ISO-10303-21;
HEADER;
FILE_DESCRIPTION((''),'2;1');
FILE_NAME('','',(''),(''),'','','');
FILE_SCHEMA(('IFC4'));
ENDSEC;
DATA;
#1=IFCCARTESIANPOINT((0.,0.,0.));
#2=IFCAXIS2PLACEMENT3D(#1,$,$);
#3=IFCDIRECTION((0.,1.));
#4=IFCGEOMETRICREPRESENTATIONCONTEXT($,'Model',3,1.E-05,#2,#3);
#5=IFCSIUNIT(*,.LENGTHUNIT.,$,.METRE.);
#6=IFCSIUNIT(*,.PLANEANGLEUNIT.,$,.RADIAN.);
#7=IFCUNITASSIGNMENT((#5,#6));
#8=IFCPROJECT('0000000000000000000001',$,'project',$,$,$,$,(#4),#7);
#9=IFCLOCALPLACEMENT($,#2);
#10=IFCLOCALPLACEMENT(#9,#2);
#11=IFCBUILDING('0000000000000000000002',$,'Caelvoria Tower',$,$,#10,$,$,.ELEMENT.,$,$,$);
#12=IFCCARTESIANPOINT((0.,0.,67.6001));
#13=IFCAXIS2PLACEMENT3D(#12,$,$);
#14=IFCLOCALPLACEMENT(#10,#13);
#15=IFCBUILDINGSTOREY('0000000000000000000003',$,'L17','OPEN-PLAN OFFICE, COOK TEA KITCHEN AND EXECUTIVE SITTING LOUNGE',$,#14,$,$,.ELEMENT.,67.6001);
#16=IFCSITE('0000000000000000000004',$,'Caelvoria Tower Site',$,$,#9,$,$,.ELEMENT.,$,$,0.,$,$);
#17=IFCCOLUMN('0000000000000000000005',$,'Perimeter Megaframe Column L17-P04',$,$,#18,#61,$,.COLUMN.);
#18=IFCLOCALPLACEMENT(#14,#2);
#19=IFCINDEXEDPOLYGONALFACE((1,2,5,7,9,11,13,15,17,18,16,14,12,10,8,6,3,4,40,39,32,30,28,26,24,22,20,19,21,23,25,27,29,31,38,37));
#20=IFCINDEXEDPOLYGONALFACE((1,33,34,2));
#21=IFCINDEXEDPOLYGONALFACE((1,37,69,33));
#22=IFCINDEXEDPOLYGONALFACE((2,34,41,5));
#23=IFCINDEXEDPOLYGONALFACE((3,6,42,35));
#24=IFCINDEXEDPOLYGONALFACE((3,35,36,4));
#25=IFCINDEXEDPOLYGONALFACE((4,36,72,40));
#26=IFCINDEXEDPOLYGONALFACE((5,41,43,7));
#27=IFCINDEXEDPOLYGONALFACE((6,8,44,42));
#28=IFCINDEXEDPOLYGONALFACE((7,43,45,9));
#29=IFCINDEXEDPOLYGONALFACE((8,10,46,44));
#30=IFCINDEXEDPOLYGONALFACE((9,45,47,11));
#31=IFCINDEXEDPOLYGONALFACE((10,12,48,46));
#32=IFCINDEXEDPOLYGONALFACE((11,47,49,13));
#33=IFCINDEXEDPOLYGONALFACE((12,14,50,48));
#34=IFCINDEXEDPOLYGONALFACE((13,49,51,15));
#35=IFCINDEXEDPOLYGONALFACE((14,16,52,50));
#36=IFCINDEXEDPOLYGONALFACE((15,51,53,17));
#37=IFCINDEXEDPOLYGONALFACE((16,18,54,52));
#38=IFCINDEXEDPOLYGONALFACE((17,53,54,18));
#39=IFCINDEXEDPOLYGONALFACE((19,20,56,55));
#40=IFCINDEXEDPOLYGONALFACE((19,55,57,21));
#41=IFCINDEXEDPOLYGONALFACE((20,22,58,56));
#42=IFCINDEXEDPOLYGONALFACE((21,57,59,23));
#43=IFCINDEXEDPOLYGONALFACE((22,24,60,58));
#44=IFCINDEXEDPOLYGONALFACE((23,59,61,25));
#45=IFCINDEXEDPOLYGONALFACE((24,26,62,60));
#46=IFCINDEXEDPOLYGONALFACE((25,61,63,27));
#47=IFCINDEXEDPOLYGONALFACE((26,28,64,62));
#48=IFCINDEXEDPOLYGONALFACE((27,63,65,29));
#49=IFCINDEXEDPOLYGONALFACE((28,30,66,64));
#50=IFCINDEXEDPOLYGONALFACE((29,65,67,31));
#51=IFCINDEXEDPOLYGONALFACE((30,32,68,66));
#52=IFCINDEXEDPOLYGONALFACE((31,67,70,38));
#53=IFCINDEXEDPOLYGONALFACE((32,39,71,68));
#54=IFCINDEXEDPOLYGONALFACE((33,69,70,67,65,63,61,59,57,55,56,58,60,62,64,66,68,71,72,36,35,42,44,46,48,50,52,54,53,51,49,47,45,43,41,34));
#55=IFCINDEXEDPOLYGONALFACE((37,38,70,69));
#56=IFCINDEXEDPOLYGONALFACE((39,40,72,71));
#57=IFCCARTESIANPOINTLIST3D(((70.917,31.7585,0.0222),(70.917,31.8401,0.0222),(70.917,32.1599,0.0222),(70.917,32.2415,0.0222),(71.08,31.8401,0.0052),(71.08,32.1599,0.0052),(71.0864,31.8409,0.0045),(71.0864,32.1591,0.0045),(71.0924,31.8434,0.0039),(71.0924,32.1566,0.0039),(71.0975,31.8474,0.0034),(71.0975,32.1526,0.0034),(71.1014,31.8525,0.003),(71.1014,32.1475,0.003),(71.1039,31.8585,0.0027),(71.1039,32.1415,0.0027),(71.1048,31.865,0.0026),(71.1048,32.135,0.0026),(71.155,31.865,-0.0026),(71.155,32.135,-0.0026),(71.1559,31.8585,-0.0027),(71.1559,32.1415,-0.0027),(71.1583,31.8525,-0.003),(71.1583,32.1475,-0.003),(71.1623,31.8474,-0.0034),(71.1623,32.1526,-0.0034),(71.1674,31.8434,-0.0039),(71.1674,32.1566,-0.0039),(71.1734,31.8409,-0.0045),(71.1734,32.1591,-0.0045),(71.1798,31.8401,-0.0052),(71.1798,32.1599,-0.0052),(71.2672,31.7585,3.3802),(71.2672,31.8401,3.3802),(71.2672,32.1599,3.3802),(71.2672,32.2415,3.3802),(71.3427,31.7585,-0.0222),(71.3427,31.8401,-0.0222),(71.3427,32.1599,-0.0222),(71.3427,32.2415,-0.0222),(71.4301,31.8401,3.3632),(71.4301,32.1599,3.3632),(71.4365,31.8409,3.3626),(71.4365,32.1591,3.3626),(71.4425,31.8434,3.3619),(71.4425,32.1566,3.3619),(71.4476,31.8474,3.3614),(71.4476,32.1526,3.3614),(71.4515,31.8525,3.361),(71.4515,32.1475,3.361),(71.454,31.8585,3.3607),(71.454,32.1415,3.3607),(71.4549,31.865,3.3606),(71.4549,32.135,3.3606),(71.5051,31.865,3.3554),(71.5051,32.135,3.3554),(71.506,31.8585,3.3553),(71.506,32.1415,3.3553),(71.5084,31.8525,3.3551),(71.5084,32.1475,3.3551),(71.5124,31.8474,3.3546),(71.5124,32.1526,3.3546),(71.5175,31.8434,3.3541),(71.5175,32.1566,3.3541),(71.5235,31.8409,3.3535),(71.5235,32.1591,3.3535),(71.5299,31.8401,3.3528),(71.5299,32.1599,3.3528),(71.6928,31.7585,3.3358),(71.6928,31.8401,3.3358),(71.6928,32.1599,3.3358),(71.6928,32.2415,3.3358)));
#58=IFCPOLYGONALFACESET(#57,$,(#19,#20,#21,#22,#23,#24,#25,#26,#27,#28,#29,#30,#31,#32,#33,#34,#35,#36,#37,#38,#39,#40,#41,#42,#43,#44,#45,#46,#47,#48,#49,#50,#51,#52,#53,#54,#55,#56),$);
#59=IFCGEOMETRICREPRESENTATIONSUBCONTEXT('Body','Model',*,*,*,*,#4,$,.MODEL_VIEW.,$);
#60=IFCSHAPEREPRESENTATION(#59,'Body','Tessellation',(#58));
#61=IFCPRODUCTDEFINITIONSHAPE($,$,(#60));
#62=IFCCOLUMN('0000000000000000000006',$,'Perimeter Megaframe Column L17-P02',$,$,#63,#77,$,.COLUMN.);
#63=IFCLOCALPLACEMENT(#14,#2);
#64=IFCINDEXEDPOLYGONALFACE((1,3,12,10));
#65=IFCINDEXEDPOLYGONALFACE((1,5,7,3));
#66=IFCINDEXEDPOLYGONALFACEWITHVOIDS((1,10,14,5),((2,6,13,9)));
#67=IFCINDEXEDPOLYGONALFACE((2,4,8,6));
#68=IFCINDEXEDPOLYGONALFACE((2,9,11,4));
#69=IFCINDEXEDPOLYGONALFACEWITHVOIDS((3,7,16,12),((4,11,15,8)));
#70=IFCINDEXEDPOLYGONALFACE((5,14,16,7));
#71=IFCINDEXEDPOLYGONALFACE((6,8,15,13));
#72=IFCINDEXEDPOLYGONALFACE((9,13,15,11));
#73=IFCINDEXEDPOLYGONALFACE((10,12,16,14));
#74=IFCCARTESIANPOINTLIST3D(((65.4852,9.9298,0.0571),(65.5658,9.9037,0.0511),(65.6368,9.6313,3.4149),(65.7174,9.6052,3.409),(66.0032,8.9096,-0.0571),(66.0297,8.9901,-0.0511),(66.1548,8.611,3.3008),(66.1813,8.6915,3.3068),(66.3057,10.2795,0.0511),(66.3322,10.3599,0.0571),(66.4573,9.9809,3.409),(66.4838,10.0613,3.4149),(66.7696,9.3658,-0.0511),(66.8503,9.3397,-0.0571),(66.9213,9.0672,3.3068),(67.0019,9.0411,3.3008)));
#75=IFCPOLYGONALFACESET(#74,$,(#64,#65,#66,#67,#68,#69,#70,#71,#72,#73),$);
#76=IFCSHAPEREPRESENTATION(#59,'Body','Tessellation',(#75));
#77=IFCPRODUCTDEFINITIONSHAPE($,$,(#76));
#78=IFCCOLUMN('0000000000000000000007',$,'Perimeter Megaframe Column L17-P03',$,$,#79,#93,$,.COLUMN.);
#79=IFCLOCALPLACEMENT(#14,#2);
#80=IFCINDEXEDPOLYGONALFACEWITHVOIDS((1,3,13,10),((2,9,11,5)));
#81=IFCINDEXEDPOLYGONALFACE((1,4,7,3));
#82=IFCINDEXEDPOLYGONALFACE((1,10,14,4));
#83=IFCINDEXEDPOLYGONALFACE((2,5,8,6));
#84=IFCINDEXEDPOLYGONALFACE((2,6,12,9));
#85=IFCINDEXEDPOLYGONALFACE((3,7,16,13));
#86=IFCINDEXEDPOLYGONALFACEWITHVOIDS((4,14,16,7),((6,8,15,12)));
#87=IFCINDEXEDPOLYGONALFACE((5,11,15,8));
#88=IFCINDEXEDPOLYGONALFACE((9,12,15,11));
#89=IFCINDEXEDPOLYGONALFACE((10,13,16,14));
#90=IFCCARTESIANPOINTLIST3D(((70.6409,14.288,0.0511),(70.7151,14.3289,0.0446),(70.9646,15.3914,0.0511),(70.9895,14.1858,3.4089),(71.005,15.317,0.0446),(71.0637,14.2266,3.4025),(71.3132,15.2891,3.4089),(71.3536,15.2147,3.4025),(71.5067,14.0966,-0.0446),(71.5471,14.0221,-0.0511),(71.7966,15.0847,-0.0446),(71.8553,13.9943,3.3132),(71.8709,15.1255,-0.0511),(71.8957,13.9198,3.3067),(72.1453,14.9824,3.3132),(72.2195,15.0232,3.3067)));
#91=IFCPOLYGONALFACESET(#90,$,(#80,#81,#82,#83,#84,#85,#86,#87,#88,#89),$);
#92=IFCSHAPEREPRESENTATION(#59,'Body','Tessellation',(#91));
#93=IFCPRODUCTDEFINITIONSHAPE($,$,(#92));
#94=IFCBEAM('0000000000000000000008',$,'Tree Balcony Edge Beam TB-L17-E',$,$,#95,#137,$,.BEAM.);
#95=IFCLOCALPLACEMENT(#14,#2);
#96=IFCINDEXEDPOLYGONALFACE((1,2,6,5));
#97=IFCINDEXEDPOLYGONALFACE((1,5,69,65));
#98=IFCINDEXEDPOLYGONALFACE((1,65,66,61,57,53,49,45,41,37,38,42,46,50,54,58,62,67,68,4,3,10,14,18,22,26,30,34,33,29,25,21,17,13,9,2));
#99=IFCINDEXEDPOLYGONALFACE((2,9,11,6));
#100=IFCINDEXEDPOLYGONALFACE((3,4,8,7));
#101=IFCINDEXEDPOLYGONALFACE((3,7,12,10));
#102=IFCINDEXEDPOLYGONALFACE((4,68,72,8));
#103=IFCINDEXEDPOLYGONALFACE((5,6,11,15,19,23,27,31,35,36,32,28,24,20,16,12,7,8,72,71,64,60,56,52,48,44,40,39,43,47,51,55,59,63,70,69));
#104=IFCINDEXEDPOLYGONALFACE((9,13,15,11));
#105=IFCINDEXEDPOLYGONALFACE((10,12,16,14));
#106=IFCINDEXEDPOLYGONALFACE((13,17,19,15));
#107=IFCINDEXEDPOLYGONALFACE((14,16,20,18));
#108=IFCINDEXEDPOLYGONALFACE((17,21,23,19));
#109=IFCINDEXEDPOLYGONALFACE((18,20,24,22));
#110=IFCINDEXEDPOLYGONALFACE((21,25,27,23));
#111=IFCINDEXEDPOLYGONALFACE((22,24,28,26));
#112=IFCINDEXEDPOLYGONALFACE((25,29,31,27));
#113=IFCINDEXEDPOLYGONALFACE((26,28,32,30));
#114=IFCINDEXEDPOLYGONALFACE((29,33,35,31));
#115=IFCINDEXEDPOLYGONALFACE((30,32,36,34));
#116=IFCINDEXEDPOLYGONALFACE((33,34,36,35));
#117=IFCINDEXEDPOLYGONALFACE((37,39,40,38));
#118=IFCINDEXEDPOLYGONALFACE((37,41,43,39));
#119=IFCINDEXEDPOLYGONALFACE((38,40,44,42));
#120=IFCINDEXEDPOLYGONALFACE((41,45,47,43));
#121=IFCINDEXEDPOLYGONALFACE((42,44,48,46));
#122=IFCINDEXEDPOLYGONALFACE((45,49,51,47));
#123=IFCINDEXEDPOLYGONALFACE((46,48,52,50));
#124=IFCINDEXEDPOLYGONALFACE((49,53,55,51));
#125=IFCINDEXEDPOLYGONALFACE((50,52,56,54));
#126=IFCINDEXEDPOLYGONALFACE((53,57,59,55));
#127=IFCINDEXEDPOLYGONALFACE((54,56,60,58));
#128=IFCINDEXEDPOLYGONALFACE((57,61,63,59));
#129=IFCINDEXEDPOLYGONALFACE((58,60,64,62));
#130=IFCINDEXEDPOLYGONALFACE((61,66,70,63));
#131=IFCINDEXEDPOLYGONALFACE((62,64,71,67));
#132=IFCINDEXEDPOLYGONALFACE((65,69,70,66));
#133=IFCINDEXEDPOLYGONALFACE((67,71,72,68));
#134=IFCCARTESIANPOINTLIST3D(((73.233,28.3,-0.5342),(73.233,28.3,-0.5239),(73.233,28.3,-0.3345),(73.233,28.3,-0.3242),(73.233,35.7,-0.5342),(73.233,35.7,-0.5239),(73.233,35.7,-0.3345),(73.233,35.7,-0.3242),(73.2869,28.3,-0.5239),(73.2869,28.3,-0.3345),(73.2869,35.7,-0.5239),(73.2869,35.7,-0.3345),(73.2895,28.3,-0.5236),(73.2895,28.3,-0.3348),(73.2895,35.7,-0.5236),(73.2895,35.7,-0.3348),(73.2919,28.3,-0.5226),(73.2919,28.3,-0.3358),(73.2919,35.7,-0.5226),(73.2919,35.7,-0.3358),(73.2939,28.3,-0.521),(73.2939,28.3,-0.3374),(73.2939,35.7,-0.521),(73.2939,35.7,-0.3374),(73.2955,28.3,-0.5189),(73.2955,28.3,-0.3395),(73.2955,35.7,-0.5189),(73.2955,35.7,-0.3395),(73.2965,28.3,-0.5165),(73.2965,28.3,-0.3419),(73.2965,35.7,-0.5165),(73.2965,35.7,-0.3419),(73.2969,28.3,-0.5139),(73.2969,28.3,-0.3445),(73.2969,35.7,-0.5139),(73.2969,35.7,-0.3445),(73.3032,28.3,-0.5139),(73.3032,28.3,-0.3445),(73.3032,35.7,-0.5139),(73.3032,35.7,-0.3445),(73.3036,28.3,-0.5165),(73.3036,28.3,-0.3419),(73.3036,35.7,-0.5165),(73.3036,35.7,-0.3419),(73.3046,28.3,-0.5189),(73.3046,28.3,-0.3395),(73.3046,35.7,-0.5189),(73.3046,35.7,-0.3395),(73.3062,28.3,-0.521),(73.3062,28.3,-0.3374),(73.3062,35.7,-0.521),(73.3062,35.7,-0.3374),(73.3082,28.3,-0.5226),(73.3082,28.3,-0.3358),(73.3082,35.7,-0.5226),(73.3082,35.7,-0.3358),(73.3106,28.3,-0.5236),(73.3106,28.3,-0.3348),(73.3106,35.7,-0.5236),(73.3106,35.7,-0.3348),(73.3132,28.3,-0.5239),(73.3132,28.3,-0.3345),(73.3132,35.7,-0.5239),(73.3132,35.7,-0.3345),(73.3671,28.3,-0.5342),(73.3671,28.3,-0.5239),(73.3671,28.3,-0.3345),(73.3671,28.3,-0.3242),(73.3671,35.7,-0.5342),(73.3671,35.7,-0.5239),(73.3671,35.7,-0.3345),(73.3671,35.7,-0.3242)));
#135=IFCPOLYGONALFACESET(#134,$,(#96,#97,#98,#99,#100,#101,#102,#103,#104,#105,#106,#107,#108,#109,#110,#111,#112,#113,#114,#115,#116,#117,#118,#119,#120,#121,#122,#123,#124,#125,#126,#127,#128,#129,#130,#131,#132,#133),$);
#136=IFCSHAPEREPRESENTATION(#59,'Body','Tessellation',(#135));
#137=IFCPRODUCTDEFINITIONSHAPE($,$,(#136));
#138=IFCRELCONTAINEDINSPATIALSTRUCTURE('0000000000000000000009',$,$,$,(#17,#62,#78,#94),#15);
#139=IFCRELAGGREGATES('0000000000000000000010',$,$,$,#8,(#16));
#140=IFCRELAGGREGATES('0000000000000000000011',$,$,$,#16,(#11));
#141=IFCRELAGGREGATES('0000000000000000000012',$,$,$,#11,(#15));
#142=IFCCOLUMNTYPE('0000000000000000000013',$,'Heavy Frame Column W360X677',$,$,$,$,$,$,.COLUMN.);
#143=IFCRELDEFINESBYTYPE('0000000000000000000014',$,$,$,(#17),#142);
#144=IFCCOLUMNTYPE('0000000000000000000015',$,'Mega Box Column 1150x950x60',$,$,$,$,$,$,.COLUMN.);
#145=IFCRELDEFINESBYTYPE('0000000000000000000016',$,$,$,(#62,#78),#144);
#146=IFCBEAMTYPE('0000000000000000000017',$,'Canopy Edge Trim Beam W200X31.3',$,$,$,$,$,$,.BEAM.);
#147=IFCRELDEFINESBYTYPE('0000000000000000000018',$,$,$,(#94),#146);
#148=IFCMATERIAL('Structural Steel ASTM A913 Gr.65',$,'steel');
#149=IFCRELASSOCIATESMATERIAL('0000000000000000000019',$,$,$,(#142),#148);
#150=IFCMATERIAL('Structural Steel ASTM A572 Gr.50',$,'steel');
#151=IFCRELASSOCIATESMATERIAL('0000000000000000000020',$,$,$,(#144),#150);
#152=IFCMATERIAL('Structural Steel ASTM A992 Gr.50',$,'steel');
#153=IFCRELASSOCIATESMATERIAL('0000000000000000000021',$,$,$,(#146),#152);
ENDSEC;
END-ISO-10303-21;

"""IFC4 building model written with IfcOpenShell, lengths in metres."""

from ifc_helpers import new_model, si_unit, direction, frame, origin, origin_2d, place, context, subcontext, project, spatial, hollow_rectangle, i_section, extrude, material, material_profile, profile_set, type_object, element, save


model = new_model("IFC4")

# Units and contexts
model_context = context("Model", 3, precision=1e-05, world=origin(), true_north=direction((0.0, 1.0)))
body_context = subcontext(model_context, "Body", "Model", "MODEL_VIEW")
ifc_project = project(units=[si_unit("LENGTHUNIT", "METRE"), si_unit("PLANEANGLEUNIT", "RADIAN")], contexts=[model_context])

# Site, building, storey
site_placement = place(None, origin())
site = spatial("IfcSite", under=ifc_project, at=site_placement, Name="Caelvoria Tower Site", CompositionType="ELEMENT", RefElevation=0.0)
building_placement = place(site_placement, origin())
building = spatial("IfcBuilding", under=site, at=building_placement, Name="Caelvoria Tower", CompositionType="ELEMENT")
storey_placement = place(building_placement, frame((0.0, 0.0, 67.6001)))
storey = spatial("IfcBuildingStorey", under=building, at=storey_placement, Name="L17", Description="OPEN-PLAN OFFICE, COOK TEA KITCHEN AND EXECUTIVE SITTING LOUNGE", CompositionType="ELEMENT", Elevation=67.6001)

# Columns
ifc_material_1 = material(Name="Structural Steel ASTM A913 Gr.65", Category="steel")
ifc_material_profile_1 = material_profile(ifc_material_1, i_section(OverallWidth=0.428, OverallDepth=0.4829, WebThickness=0.0505, FlangeThickness=0.0815, FilletRadius=0.0249, at=origin_2d()), Name="Structural Steel ASTM A913 Gr.65")
ifc_profile_set_1 = profile_set([ifc_material_profile_1], Name="W360X677 - Structural Steel ASTM A913 Gr.65")
column_type_1 = type_object("IfcColumnType", Name="Heavy Frame Column W360X677", PredefinedType="COLUMN", material=ifc_profile_set_1)
column_1_placement = place(storey_placement, frame((71.1299, 32.0, 0.0), z_axis=(0.103698, 0.0, 0.994609), x_axis=(-0.994609, 0.0, 0.103698)))
element("IfcColumn", 1, at=column_1_placement, inside=storey, type_object=column_type_1, Name="Perimeter Megaframe Column L17-P04", PredefinedType="COLUMN", context=body_context, shape_type="SweptSolid", body=[
    extrude(i_section(OverallWidth=0.428, OverallDepth=0.4829, WebThickness=0.0505, FlangeThickness=0.0815, FilletRadius=0.0249, at=origin_2d()), origin(), (0.0, 0.0, 1.0), 3.3762),
])
ifc_material_2 = material(Name="Structural Steel ASTM A572 Gr.50", Category="steel")
ifc_material_profile_2 = material_profile(ifc_material_2, hollow_rectangle(XDim=0.95, YDim=1.1499, WallThickness=0.0601, at=origin_2d()), Name="Structural Steel ASTM A572 Gr.50")
ifc_profile_set_2 = profile_set([ifc_material_profile_2], Name="BOX1150X950X60 - Structural Steel ASTM A572 Gr.50")
column_type_2 = type_object("IfcColumnType", Name="Mega Box Column 1150x950x60", PredefinedType="COLUMN", material=ifc_profile_set_2)
column_2_placement = place(storey_placement, frame((66.1677, 9.6348, 0.0), z_axis=(0.044928, -0.088481, 0.995064), x_axis=(0.89164, 0.452746, 0.0)))
element("IfcColumn", 2, at=column_2_placement, inside=storey, type_object=column_type_2, Name="Perimeter Megaframe Column L17-P02", PredefinedType="COLUMN", context=body_context, shape_type="SweptSolid", body=[
    extrude(hollow_rectangle(XDim=0.95, YDim=1.1499, WallThickness=0.0601, at=origin_2d()), origin(), (0.0, 0.0, 1.0), 3.3745),
])
column_3_placement = place(storey_placement, frame((71.2559, 14.7068, 0.0), z_axis=(0.103222, -0.030287, 0.994197), x_axis=(-0.953979, 0.279914, 0.107574)))
element("IfcColumn", 3, at=column_3_placement, inside=storey, type_object=column_type_2, Name="Perimeter Megaframe Column L17-P03", PredefinedType="COLUMN", context=body_context, shape_type="SweptSolid", body=[
    extrude(hollow_rectangle(XDim=0.95, YDim=1.1499, WallThickness=0.0601, at=origin_2d()), origin(), (0.0, 0.0, 1.0), 3.3774),
])

# Beam
ifc_material_3 = material(Name="Structural Steel ASTM A992 Gr.50", Category="steel")
ifc_material_profile_3 = material_profile(ifc_material_3, i_section(OverallWidth=0.134, OverallDepth=0.21, WebThickness=0.0063, FlangeThickness=0.0103, FilletRadius=0.01, at=origin_2d()), Name="Structural Steel ASTM A992 Gr.50")
ifc_profile_set_3 = profile_set([ifc_material_profile_3], Name="W200X31.3 - Structural Steel ASTM A992 Gr.50")
beam_type_1 = type_object("IfcBeamType", Name="Canopy Edge Trim Beam W200X31.3", PredefinedType="BEAM", material=ifc_profile_set_3)
beam_1_placement = place(storey_placement, frame((73.3, 28.3, -0.4292), z_axis=(0.0, 1.0, 0.0), x_axis=(-1.0, 0.0, 0.0)))
element("IfcBeam", 4, at=beam_1_placement, inside=storey, type_object=beam_type_1, Name="Tree Balcony Edge Beam TB-L17-E", PredefinedType="BEAM", context=body_context, shape_type="SweptSolid", body=[
    extrude(i_section(OverallWidth=0.134, OverallDepth=0.21, WebThickness=0.0063, FlangeThickness=0.0103, FilletRadius=0.01, at=origin_2d()), origin(), (0.0, 0.0, 1.0), 7.3999),
])

save(model, "model.ifc")
